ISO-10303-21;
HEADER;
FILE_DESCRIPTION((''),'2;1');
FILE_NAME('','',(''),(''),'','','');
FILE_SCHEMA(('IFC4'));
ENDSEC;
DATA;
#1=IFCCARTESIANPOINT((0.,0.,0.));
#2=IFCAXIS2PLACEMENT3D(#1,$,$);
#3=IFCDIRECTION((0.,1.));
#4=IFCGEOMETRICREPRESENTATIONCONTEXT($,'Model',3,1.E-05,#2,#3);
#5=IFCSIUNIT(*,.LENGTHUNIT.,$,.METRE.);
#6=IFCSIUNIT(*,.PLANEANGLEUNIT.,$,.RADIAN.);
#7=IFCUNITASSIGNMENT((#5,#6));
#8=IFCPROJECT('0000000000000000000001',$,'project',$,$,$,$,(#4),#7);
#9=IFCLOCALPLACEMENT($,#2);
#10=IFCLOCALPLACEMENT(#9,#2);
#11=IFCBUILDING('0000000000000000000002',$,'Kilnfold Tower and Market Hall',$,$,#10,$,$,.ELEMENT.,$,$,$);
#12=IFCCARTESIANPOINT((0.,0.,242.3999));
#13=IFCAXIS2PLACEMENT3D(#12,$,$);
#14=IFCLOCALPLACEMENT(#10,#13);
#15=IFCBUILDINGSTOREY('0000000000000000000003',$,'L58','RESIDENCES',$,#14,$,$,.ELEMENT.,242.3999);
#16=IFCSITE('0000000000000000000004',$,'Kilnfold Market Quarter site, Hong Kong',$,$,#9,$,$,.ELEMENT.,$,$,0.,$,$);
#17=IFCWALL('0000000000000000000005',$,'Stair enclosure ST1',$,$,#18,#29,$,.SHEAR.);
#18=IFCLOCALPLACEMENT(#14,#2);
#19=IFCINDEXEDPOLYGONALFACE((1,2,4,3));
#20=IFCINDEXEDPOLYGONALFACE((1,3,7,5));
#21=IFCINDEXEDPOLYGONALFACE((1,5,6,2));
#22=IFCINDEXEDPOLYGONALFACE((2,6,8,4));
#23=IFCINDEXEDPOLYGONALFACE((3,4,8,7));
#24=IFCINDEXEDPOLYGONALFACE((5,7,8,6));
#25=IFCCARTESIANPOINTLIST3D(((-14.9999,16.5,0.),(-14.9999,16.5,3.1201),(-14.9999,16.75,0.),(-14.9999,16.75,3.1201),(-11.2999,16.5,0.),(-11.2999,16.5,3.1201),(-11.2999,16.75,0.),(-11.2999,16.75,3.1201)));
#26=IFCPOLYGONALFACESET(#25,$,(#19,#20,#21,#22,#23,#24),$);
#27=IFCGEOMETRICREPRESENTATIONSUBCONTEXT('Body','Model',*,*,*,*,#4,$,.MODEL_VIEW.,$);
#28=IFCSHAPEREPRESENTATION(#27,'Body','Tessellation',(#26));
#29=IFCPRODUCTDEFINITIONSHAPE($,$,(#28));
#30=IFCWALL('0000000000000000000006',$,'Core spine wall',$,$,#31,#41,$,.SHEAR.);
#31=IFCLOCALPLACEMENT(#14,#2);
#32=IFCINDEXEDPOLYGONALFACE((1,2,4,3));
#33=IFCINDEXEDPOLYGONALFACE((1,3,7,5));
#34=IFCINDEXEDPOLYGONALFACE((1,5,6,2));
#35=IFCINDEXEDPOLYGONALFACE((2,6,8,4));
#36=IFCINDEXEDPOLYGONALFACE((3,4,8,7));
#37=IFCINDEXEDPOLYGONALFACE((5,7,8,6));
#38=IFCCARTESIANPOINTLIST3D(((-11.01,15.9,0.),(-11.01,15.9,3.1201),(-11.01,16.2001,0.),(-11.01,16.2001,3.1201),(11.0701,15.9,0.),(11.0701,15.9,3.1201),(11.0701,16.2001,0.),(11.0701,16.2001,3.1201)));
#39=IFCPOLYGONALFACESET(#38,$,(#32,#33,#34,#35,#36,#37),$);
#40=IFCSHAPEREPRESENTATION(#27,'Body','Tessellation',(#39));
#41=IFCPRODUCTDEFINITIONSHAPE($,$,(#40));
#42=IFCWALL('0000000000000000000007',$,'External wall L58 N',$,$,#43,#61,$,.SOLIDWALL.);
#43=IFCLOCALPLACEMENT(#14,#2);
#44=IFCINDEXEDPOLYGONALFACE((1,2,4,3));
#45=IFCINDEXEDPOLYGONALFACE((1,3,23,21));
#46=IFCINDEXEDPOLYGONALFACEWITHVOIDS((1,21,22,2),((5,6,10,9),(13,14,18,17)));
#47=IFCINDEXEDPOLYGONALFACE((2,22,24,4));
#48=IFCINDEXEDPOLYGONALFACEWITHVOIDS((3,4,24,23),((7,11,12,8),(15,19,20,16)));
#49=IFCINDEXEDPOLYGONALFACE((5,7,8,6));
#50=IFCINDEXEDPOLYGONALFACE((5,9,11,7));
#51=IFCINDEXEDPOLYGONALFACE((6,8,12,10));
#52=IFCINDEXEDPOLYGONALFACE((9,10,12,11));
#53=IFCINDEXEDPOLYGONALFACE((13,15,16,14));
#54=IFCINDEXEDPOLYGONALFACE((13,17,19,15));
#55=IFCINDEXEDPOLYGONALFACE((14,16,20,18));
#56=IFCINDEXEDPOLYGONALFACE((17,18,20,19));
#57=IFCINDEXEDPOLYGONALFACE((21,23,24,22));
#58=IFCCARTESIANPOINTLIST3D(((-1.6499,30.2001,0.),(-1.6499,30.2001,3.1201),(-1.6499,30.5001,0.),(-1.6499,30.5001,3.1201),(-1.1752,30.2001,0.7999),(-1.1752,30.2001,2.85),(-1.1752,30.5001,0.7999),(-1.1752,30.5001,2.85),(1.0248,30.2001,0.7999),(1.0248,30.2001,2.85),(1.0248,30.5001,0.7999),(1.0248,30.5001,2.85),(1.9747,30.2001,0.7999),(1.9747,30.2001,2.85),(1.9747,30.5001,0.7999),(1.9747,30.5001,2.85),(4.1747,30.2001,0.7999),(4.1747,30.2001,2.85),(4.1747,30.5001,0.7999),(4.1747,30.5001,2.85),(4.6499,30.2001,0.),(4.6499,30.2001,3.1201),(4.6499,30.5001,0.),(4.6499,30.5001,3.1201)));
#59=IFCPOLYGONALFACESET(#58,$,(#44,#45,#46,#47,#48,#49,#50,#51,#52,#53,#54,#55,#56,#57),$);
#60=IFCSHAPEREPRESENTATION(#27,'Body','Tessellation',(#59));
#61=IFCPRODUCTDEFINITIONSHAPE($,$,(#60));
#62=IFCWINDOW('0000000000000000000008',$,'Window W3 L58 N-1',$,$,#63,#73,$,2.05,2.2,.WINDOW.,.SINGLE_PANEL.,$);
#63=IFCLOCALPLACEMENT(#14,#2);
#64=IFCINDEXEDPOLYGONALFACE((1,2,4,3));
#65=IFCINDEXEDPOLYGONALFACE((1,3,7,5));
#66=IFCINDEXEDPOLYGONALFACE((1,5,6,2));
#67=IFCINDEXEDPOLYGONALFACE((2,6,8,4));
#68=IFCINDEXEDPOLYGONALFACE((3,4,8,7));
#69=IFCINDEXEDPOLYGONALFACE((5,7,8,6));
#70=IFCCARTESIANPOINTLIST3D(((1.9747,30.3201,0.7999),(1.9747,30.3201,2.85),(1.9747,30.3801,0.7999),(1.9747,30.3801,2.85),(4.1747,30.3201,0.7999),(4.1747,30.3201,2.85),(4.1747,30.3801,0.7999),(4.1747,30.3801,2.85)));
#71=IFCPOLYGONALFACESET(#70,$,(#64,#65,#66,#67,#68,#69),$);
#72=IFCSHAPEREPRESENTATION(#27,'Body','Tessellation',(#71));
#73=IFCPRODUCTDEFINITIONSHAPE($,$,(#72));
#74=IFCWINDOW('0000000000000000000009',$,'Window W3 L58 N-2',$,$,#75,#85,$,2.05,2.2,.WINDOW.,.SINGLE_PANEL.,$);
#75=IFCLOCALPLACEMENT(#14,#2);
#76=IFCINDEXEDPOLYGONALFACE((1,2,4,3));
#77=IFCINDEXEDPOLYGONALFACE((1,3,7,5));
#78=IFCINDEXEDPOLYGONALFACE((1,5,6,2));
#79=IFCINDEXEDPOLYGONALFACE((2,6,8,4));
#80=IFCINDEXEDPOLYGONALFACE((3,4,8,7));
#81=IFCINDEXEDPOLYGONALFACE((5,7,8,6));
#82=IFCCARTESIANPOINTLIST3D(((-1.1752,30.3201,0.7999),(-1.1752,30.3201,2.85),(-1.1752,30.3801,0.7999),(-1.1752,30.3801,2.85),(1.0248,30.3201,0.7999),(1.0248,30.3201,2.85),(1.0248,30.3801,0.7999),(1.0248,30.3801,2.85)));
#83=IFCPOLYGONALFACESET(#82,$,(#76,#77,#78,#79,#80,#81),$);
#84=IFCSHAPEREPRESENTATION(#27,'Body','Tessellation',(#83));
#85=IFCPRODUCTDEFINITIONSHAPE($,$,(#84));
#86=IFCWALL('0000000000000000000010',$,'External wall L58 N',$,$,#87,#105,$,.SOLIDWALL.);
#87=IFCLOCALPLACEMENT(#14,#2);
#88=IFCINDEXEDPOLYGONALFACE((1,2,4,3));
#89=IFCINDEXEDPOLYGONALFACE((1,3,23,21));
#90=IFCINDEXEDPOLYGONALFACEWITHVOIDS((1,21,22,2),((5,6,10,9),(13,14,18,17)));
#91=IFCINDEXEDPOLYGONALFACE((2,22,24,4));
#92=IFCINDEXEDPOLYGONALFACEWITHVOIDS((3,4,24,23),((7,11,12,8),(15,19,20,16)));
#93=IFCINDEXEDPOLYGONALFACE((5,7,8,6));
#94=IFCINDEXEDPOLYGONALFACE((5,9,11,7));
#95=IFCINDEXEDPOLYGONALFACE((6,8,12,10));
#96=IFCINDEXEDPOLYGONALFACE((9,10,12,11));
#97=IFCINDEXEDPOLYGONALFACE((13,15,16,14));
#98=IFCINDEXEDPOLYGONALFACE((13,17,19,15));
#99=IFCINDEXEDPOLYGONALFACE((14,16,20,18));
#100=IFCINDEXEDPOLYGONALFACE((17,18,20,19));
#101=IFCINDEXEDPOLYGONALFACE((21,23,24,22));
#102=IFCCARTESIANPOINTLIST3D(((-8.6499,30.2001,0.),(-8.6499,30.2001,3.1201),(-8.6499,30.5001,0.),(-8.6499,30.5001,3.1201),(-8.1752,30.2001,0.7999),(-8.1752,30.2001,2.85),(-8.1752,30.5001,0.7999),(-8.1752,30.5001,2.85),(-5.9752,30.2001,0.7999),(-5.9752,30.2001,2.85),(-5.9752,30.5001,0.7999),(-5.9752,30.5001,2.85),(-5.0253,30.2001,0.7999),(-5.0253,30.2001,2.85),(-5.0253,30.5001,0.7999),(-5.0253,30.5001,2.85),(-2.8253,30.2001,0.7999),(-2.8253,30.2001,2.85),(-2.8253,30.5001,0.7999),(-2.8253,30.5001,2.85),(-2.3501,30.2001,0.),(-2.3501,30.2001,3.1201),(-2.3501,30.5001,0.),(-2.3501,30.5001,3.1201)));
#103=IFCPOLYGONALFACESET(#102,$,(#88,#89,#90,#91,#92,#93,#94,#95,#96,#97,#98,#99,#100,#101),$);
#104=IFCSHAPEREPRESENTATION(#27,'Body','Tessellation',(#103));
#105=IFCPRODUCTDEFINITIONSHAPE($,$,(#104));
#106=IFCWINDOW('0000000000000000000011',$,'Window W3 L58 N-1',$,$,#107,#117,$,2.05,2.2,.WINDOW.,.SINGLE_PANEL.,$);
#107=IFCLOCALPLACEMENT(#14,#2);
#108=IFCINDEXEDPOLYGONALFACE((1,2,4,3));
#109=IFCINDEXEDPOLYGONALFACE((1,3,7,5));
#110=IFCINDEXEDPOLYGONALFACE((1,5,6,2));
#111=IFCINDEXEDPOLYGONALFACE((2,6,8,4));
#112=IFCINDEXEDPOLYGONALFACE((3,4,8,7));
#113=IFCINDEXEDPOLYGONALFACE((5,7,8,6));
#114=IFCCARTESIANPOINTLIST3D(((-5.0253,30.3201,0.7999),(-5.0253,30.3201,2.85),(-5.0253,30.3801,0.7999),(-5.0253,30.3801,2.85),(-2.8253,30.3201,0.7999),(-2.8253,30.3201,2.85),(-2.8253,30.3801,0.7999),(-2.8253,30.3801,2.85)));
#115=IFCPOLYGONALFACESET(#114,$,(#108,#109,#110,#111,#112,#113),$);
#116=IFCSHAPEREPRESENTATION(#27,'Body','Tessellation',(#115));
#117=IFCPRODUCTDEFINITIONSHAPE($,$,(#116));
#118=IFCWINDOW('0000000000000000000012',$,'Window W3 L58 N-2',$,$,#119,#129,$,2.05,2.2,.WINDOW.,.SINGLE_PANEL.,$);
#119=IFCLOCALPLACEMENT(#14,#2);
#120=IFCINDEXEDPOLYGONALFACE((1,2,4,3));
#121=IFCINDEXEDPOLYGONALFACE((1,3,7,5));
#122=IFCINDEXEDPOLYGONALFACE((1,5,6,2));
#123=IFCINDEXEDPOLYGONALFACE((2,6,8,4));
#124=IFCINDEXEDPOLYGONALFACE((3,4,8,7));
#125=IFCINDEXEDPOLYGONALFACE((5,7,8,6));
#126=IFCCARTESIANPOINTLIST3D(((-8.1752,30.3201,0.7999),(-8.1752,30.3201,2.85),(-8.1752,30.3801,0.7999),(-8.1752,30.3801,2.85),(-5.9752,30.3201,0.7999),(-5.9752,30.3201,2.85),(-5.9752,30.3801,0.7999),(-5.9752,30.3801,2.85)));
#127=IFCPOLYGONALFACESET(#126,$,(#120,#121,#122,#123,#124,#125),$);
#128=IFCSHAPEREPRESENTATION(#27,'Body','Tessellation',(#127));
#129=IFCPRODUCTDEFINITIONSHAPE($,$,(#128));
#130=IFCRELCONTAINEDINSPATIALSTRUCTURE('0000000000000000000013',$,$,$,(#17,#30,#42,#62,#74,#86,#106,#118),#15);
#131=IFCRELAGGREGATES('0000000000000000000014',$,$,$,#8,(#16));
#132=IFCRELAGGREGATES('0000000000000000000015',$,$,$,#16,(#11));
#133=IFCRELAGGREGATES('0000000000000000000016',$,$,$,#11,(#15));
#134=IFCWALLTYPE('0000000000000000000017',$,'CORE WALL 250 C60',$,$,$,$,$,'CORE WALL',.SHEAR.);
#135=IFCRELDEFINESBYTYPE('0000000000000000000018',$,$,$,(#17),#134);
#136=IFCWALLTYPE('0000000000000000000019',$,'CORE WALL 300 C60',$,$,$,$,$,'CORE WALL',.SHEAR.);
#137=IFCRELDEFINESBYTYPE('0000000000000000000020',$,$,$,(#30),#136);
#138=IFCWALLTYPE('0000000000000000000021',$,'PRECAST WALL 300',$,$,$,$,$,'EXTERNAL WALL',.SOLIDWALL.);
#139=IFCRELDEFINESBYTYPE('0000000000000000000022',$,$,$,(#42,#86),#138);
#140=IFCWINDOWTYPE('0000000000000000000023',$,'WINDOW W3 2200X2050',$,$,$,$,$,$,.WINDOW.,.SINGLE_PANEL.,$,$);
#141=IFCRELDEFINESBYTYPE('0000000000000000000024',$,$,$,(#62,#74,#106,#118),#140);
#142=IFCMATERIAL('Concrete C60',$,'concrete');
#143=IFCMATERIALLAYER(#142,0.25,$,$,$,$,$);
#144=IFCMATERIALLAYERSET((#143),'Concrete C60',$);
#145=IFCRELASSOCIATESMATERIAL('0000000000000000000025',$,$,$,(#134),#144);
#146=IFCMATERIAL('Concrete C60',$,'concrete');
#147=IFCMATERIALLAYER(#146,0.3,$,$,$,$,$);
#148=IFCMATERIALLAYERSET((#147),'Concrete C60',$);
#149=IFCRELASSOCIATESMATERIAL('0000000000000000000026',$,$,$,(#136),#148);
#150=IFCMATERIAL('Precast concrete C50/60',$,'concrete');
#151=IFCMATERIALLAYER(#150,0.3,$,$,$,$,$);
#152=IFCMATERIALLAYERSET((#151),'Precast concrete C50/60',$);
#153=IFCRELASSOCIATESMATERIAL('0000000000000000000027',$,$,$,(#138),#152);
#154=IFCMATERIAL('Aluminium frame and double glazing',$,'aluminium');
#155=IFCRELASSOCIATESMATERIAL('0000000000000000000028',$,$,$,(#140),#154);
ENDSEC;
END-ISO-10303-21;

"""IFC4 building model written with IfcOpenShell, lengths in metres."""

from ifc_helpers import new_model, si_unit, direction, frame, frame_2d, origin, place, context, subcontext, project, spatial, rectangle, extrude, source, transform, mapped, material, layer, layer_set, type_object, element, fill, save


model = new_model("IFC4")

# Units and contexts
model_context = context("Model", 3, precision=1e-05, world=origin(), true_north=direction((0.0, 1.0)))
body_context = subcontext(model_context, "Body", "Model", "MODEL_VIEW")
ifc_project = project(units=[si_unit("LENGTHUNIT", "METRE"), si_unit("PLANEANGLEUNIT", "RADIAN")], contexts=[model_context])

# Site, building, storey
site_placement = place(None, origin())
site = spatial("IfcSite", under=ifc_project, at=site_placement, Name="Kilnfold Market Quarter site, Hong Kong", CompositionType="ELEMENT", RefElevation=0.0)
building_placement = place(site_placement, origin())
building = spatial("IfcBuilding", under=site, at=building_placement, Name="Kilnfold Tower and Market Hall", CompositionType="ELEMENT")
storey_placement = place(building_placement, frame((0.0, 0.0, 242.3999)))
storey = spatial("IfcBuildingStorey", under=building, at=storey_placement, Name="L58", Description="RESIDENCES", CompositionType="ELEMENT", Elevation=242.3999)

# Walls
ifc_material_1 = material(Name="Concrete C60", Category="concrete")
ifc_layer_1 = layer(ifc_material_1, 0.25)
ifc_layer_set_1 = layer_set([ifc_layer_1], Name="Concrete C60")
wall_type_1 = type_object("IfcWallType", Name="CORE WALL 250 C60", ElementType="CORE WALL", PredefinedType="SHEAR", material=ifc_layer_set_1)
shared_shape_1 = source(origin(), body_context, "Body", "SweptSolid", [
    extrude(rectangle(XDim=3.7, YDim=0.25, at=frame_2d((1.8501, 0.0))), origin(), (0.0, 0.0, 1.0), 3.1201),
])
wall_1_placement = place(storey_placement, frame((-15.0, 16.625, 0.0), z_axis=(0.0, 0.0, 1.0), x_axis=(1.0, 0.0, 0.0)))
element("IfcWall", 1, at=wall_1_placement, inside=storey, type_object=wall_type_1, Name="Stair enclosure ST1", PredefinedType="SHEAR", context=body_context, shape_type="MappedRepresentation", body=[
    mapped(shared_shape_1, transform((0.0, 0.0, 0.0))),
])
ifc_material_2 = material(Name="Concrete C60", Category="concrete")
ifc_layer_2 = layer(ifc_material_2, 0.3)
ifc_layer_set_2 = layer_set([ifc_layer_2], Name="Concrete C60")
wall_type_2 = type_object("IfcWallType", Name="CORE WALL 300 C60", ElementType="CORE WALL", PredefinedType="SHEAR", material=ifc_layer_set_2)
shared_shape_2 = source(origin(), body_context, "Body", "SweptSolid", [
    extrude(rectangle(XDim=22.0801, YDim=0.3, at=frame_2d((11.04, 0.0))), origin(), (0.0, 0.0, 1.0), 3.1201),
])
wall_2_placement = place(storey_placement, frame((-11.01, 16.05, 0.0), z_axis=(0.0, 0.0, 1.0), x_axis=(1.0, 0.0, 0.0)))
element("IfcWall", 2, at=wall_2_placement, inside=storey, type_object=wall_type_2, Name="Core spine wall", PredefinedType="SHEAR", context=body_context, shape_type="MappedRepresentation", body=[
    mapped(shared_shape_2, transform((0.0, 0.0, 0.0))),
])

# Walls, openings, windows
ifc_material_3 = material(Name="Precast concrete C50/60", Category="concrete")
ifc_layer_3 = layer(ifc_material_3, 0.3)
ifc_layer_set_3 = layer_set([ifc_layer_3], Name="Precast concrete C50/60")
wall_type_3 = type_object("IfcWallType", Name="PRECAST WALL 300", ElementType="EXTERNAL WALL", PredefinedType="SOLIDWALL", material=ifc_layer_set_3)
shared_shape_3 = source(origin(), body_context, "Body", "SweptSolid", [
    extrude(rectangle(XDim=6.2998, YDim=0.3, at=frame_2d((3.1499, 0.0))), origin(), (0.0, 0.0, 1.0), 3.1201),
])
wall_3_placement = place(storey_placement, frame((4.6499, 30.3501, 0.0), z_axis=(0.0, 0.0, 1.0), x_axis=(-1.0, 0.0, 0.0)))
wall_3 = element("IfcWall", 3, at=wall_3_placement, inside=storey, type_object=wall_type_3, Name="External wall L58 N", PredefinedType="SOLIDWALL", context=body_context, shape_type="MappedRepresentation", body=[
    mapped(shared_shape_3, transform((0.0, 0.0, 0.0))),
])
opening_1_placement = place(wall_3_placement, frame((0.4751, 0.0, 0.8)))
opening_1 = element("IfcOpeningElement", 4, at=opening_1_placement, cuts=wall_3, PredefinedType="OPENING", context=body_context, shape_type="SweptSolid", body=[
    extrude(rectangle(XDim=2.2, YDim=2.05, at=frame_2d((1.1001, 1.0249))), frame((0.0, 0.1602, 0.0), z_axis=(0.0, -1.0, 0.0), x_axis=(1.0, 0.0, 0.0)), (0.0, 0.0, 1.0), 0.3201),
])
opening_2_placement = place(wall_3_placement, frame((3.625, 0.0, 0.8)))
opening_2 = element("IfcOpeningElement", 5, at=opening_2_placement, cuts=wall_3, PredefinedType="OPENING", context=body_context, shape_type="SweptSolid", body=[
    extrude(rectangle(XDim=2.2, YDim=2.05, at=frame_2d((1.1001, 1.0249))), frame((0.0, 0.1602, 0.0), z_axis=(0.0, -1.0, 0.0), x_axis=(1.0, 0.0, 0.0)), (0.0, 0.0, 1.0), 0.3201),
])
ifc_material_4 = material(Name="Aluminium frame and double glazing", Category="aluminium")
window_type = type_object("IfcWindowType", Name="WINDOW W3 2200X2050", PartitioningType="SINGLE_PANEL", PredefinedType="WINDOW", material=ifc_material_4)
window_1_placement = place(opening_1_placement, origin())
window_1 = element("IfcWindow", 6, at=window_1_placement, inside=storey, type_object=window_type, Name="Window W3 L58 N-1", OverallHeight=2.05, OverallWidth=2.2, PartitioningType="SINGLE_PANEL", PredefinedType="WINDOW", context=body_context, shape_type="SweptSolid", body=[
    extrude(rectangle(XDim=2.2, YDim=2.05, at=frame_2d((1.1001, 1.0249))), frame((0.0, 0.03, 0.0), z_axis=(0.0, -1.0, 0.0), x_axis=(1.0, 0.0, 0.0)), (0.0, 0.0, 1.0), 0.0601),
])
fill(opening_1, window_1)
window_2_placement = place(opening_2_placement, origin())
window_2 = element("IfcWindow", 7, at=window_2_placement, inside=storey, type_object=window_type, Name="Window W3 L58 N-2", OverallHeight=2.05, OverallWidth=2.2, PartitioningType="SINGLE_PANEL", PredefinedType="WINDOW", context=body_context, shape_type="SweptSolid", body=[
    extrude(rectangle(XDim=2.2, YDim=2.05, at=frame_2d((1.1001, 1.0249))), frame((0.0, 0.03, 0.0), z_axis=(0.0, -1.0, 0.0), x_axis=(1.0, 0.0, 0.0)), (0.0, 0.0, 1.0), 0.0601),
])
fill(opening_2, window_2)
wall_4_placement = place(storey_placement, frame((-2.3501, 30.3501, 0.0), z_axis=(0.0, 0.0, 1.0), x_axis=(-1.0, 0.0, 0.0)))
wall_4 = element("IfcWall", 8, at=wall_4_placement, inside=storey, type_object=wall_type_3, Name="External wall L58 N", PredefinedType="SOLIDWALL", context=body_context, shape_type="MappedRepresentation", body=[
    mapped(shared_shape_3, transform((0.0, 0.0, 0.0))),
])
opening_3_placement = place(wall_4_placement, frame((0.4751, 0.0, 0.8)))
opening_3 = element("IfcOpeningElement", 9, at=opening_3_placement, cuts=wall_4, PredefinedType="OPENING", context=body_context, shape_type="SweptSolid", body=[
    extrude(rectangle(XDim=2.2, YDim=2.05, at=frame_2d((1.1001, 1.0249))), frame((0.0, 0.1602, 0.0), z_axis=(0.0, -1.0, 0.0), x_axis=(1.0, 0.0, 0.0)), (0.0, 0.0, 1.0), 0.3201),
])
opening_4_placement = place(wall_4_placement, frame((3.625, 0.0, 0.8)))
opening_4 = element("IfcOpeningElement", 10, at=opening_4_placement, cuts=wall_4, PredefinedType="OPENING", context=body_context, shape_type="SweptSolid", body=[
    extrude(rectangle(XDim=2.2, YDim=2.05, at=frame_2d((1.1001, 1.0249))), frame((0.0, 0.1602, 0.0), z_axis=(0.0, -1.0, 0.0), x_axis=(1.0, 0.0, 0.0)), (0.0, 0.0, 1.0), 0.3201),
])
window_3_placement = place(opening_3_placement, origin())
window_3 = element("IfcWindow", 11, at=window_3_placement, inside=storey, type_object=window_type, Name="Window W3 L58 N-1", OverallHeight=2.05, OverallWidth=2.2, PartitioningType="SINGLE_PANEL", PredefinedType="WINDOW", context=body_context, shape_type="SweptSolid", body=[
    extrude(rectangle(XDim=2.2, YDim=2.05, at=frame_2d((1.1001, 1.0249))), frame((0.0, 0.03, 0.0), z_axis=(0.0, -1.0, 0.0), x_axis=(1.0, 0.0, 0.0)), (0.0, 0.0, 1.0), 0.0601),
])
fill(opening_3, window_3)
window_4_placement = place(opening_4_placement, origin())
window_4 = element("IfcWindow", 12, at=window_4_placement, inside=storey, type_object=window_type, Name="Window W3 L58 N-2", OverallHeight=2.05, OverallWidth=2.2, PartitioningType="SINGLE_PANEL", PredefinedType="WINDOW", context=body_context, shape_type="SweptSolid", body=[
    extrude(rectangle(XDim=2.2, YDim=2.05, at=frame_2d((1.1001, 1.0249))), frame((0.0, 0.03, 0.0), z_axis=(0.0, -1.0, 0.0), x_axis=(1.0, 0.0, 0.0)), (0.0, 0.0, 1.0), 0.0601),
])
fill(opening_4, window_4)

save(model, "model.ifc")
